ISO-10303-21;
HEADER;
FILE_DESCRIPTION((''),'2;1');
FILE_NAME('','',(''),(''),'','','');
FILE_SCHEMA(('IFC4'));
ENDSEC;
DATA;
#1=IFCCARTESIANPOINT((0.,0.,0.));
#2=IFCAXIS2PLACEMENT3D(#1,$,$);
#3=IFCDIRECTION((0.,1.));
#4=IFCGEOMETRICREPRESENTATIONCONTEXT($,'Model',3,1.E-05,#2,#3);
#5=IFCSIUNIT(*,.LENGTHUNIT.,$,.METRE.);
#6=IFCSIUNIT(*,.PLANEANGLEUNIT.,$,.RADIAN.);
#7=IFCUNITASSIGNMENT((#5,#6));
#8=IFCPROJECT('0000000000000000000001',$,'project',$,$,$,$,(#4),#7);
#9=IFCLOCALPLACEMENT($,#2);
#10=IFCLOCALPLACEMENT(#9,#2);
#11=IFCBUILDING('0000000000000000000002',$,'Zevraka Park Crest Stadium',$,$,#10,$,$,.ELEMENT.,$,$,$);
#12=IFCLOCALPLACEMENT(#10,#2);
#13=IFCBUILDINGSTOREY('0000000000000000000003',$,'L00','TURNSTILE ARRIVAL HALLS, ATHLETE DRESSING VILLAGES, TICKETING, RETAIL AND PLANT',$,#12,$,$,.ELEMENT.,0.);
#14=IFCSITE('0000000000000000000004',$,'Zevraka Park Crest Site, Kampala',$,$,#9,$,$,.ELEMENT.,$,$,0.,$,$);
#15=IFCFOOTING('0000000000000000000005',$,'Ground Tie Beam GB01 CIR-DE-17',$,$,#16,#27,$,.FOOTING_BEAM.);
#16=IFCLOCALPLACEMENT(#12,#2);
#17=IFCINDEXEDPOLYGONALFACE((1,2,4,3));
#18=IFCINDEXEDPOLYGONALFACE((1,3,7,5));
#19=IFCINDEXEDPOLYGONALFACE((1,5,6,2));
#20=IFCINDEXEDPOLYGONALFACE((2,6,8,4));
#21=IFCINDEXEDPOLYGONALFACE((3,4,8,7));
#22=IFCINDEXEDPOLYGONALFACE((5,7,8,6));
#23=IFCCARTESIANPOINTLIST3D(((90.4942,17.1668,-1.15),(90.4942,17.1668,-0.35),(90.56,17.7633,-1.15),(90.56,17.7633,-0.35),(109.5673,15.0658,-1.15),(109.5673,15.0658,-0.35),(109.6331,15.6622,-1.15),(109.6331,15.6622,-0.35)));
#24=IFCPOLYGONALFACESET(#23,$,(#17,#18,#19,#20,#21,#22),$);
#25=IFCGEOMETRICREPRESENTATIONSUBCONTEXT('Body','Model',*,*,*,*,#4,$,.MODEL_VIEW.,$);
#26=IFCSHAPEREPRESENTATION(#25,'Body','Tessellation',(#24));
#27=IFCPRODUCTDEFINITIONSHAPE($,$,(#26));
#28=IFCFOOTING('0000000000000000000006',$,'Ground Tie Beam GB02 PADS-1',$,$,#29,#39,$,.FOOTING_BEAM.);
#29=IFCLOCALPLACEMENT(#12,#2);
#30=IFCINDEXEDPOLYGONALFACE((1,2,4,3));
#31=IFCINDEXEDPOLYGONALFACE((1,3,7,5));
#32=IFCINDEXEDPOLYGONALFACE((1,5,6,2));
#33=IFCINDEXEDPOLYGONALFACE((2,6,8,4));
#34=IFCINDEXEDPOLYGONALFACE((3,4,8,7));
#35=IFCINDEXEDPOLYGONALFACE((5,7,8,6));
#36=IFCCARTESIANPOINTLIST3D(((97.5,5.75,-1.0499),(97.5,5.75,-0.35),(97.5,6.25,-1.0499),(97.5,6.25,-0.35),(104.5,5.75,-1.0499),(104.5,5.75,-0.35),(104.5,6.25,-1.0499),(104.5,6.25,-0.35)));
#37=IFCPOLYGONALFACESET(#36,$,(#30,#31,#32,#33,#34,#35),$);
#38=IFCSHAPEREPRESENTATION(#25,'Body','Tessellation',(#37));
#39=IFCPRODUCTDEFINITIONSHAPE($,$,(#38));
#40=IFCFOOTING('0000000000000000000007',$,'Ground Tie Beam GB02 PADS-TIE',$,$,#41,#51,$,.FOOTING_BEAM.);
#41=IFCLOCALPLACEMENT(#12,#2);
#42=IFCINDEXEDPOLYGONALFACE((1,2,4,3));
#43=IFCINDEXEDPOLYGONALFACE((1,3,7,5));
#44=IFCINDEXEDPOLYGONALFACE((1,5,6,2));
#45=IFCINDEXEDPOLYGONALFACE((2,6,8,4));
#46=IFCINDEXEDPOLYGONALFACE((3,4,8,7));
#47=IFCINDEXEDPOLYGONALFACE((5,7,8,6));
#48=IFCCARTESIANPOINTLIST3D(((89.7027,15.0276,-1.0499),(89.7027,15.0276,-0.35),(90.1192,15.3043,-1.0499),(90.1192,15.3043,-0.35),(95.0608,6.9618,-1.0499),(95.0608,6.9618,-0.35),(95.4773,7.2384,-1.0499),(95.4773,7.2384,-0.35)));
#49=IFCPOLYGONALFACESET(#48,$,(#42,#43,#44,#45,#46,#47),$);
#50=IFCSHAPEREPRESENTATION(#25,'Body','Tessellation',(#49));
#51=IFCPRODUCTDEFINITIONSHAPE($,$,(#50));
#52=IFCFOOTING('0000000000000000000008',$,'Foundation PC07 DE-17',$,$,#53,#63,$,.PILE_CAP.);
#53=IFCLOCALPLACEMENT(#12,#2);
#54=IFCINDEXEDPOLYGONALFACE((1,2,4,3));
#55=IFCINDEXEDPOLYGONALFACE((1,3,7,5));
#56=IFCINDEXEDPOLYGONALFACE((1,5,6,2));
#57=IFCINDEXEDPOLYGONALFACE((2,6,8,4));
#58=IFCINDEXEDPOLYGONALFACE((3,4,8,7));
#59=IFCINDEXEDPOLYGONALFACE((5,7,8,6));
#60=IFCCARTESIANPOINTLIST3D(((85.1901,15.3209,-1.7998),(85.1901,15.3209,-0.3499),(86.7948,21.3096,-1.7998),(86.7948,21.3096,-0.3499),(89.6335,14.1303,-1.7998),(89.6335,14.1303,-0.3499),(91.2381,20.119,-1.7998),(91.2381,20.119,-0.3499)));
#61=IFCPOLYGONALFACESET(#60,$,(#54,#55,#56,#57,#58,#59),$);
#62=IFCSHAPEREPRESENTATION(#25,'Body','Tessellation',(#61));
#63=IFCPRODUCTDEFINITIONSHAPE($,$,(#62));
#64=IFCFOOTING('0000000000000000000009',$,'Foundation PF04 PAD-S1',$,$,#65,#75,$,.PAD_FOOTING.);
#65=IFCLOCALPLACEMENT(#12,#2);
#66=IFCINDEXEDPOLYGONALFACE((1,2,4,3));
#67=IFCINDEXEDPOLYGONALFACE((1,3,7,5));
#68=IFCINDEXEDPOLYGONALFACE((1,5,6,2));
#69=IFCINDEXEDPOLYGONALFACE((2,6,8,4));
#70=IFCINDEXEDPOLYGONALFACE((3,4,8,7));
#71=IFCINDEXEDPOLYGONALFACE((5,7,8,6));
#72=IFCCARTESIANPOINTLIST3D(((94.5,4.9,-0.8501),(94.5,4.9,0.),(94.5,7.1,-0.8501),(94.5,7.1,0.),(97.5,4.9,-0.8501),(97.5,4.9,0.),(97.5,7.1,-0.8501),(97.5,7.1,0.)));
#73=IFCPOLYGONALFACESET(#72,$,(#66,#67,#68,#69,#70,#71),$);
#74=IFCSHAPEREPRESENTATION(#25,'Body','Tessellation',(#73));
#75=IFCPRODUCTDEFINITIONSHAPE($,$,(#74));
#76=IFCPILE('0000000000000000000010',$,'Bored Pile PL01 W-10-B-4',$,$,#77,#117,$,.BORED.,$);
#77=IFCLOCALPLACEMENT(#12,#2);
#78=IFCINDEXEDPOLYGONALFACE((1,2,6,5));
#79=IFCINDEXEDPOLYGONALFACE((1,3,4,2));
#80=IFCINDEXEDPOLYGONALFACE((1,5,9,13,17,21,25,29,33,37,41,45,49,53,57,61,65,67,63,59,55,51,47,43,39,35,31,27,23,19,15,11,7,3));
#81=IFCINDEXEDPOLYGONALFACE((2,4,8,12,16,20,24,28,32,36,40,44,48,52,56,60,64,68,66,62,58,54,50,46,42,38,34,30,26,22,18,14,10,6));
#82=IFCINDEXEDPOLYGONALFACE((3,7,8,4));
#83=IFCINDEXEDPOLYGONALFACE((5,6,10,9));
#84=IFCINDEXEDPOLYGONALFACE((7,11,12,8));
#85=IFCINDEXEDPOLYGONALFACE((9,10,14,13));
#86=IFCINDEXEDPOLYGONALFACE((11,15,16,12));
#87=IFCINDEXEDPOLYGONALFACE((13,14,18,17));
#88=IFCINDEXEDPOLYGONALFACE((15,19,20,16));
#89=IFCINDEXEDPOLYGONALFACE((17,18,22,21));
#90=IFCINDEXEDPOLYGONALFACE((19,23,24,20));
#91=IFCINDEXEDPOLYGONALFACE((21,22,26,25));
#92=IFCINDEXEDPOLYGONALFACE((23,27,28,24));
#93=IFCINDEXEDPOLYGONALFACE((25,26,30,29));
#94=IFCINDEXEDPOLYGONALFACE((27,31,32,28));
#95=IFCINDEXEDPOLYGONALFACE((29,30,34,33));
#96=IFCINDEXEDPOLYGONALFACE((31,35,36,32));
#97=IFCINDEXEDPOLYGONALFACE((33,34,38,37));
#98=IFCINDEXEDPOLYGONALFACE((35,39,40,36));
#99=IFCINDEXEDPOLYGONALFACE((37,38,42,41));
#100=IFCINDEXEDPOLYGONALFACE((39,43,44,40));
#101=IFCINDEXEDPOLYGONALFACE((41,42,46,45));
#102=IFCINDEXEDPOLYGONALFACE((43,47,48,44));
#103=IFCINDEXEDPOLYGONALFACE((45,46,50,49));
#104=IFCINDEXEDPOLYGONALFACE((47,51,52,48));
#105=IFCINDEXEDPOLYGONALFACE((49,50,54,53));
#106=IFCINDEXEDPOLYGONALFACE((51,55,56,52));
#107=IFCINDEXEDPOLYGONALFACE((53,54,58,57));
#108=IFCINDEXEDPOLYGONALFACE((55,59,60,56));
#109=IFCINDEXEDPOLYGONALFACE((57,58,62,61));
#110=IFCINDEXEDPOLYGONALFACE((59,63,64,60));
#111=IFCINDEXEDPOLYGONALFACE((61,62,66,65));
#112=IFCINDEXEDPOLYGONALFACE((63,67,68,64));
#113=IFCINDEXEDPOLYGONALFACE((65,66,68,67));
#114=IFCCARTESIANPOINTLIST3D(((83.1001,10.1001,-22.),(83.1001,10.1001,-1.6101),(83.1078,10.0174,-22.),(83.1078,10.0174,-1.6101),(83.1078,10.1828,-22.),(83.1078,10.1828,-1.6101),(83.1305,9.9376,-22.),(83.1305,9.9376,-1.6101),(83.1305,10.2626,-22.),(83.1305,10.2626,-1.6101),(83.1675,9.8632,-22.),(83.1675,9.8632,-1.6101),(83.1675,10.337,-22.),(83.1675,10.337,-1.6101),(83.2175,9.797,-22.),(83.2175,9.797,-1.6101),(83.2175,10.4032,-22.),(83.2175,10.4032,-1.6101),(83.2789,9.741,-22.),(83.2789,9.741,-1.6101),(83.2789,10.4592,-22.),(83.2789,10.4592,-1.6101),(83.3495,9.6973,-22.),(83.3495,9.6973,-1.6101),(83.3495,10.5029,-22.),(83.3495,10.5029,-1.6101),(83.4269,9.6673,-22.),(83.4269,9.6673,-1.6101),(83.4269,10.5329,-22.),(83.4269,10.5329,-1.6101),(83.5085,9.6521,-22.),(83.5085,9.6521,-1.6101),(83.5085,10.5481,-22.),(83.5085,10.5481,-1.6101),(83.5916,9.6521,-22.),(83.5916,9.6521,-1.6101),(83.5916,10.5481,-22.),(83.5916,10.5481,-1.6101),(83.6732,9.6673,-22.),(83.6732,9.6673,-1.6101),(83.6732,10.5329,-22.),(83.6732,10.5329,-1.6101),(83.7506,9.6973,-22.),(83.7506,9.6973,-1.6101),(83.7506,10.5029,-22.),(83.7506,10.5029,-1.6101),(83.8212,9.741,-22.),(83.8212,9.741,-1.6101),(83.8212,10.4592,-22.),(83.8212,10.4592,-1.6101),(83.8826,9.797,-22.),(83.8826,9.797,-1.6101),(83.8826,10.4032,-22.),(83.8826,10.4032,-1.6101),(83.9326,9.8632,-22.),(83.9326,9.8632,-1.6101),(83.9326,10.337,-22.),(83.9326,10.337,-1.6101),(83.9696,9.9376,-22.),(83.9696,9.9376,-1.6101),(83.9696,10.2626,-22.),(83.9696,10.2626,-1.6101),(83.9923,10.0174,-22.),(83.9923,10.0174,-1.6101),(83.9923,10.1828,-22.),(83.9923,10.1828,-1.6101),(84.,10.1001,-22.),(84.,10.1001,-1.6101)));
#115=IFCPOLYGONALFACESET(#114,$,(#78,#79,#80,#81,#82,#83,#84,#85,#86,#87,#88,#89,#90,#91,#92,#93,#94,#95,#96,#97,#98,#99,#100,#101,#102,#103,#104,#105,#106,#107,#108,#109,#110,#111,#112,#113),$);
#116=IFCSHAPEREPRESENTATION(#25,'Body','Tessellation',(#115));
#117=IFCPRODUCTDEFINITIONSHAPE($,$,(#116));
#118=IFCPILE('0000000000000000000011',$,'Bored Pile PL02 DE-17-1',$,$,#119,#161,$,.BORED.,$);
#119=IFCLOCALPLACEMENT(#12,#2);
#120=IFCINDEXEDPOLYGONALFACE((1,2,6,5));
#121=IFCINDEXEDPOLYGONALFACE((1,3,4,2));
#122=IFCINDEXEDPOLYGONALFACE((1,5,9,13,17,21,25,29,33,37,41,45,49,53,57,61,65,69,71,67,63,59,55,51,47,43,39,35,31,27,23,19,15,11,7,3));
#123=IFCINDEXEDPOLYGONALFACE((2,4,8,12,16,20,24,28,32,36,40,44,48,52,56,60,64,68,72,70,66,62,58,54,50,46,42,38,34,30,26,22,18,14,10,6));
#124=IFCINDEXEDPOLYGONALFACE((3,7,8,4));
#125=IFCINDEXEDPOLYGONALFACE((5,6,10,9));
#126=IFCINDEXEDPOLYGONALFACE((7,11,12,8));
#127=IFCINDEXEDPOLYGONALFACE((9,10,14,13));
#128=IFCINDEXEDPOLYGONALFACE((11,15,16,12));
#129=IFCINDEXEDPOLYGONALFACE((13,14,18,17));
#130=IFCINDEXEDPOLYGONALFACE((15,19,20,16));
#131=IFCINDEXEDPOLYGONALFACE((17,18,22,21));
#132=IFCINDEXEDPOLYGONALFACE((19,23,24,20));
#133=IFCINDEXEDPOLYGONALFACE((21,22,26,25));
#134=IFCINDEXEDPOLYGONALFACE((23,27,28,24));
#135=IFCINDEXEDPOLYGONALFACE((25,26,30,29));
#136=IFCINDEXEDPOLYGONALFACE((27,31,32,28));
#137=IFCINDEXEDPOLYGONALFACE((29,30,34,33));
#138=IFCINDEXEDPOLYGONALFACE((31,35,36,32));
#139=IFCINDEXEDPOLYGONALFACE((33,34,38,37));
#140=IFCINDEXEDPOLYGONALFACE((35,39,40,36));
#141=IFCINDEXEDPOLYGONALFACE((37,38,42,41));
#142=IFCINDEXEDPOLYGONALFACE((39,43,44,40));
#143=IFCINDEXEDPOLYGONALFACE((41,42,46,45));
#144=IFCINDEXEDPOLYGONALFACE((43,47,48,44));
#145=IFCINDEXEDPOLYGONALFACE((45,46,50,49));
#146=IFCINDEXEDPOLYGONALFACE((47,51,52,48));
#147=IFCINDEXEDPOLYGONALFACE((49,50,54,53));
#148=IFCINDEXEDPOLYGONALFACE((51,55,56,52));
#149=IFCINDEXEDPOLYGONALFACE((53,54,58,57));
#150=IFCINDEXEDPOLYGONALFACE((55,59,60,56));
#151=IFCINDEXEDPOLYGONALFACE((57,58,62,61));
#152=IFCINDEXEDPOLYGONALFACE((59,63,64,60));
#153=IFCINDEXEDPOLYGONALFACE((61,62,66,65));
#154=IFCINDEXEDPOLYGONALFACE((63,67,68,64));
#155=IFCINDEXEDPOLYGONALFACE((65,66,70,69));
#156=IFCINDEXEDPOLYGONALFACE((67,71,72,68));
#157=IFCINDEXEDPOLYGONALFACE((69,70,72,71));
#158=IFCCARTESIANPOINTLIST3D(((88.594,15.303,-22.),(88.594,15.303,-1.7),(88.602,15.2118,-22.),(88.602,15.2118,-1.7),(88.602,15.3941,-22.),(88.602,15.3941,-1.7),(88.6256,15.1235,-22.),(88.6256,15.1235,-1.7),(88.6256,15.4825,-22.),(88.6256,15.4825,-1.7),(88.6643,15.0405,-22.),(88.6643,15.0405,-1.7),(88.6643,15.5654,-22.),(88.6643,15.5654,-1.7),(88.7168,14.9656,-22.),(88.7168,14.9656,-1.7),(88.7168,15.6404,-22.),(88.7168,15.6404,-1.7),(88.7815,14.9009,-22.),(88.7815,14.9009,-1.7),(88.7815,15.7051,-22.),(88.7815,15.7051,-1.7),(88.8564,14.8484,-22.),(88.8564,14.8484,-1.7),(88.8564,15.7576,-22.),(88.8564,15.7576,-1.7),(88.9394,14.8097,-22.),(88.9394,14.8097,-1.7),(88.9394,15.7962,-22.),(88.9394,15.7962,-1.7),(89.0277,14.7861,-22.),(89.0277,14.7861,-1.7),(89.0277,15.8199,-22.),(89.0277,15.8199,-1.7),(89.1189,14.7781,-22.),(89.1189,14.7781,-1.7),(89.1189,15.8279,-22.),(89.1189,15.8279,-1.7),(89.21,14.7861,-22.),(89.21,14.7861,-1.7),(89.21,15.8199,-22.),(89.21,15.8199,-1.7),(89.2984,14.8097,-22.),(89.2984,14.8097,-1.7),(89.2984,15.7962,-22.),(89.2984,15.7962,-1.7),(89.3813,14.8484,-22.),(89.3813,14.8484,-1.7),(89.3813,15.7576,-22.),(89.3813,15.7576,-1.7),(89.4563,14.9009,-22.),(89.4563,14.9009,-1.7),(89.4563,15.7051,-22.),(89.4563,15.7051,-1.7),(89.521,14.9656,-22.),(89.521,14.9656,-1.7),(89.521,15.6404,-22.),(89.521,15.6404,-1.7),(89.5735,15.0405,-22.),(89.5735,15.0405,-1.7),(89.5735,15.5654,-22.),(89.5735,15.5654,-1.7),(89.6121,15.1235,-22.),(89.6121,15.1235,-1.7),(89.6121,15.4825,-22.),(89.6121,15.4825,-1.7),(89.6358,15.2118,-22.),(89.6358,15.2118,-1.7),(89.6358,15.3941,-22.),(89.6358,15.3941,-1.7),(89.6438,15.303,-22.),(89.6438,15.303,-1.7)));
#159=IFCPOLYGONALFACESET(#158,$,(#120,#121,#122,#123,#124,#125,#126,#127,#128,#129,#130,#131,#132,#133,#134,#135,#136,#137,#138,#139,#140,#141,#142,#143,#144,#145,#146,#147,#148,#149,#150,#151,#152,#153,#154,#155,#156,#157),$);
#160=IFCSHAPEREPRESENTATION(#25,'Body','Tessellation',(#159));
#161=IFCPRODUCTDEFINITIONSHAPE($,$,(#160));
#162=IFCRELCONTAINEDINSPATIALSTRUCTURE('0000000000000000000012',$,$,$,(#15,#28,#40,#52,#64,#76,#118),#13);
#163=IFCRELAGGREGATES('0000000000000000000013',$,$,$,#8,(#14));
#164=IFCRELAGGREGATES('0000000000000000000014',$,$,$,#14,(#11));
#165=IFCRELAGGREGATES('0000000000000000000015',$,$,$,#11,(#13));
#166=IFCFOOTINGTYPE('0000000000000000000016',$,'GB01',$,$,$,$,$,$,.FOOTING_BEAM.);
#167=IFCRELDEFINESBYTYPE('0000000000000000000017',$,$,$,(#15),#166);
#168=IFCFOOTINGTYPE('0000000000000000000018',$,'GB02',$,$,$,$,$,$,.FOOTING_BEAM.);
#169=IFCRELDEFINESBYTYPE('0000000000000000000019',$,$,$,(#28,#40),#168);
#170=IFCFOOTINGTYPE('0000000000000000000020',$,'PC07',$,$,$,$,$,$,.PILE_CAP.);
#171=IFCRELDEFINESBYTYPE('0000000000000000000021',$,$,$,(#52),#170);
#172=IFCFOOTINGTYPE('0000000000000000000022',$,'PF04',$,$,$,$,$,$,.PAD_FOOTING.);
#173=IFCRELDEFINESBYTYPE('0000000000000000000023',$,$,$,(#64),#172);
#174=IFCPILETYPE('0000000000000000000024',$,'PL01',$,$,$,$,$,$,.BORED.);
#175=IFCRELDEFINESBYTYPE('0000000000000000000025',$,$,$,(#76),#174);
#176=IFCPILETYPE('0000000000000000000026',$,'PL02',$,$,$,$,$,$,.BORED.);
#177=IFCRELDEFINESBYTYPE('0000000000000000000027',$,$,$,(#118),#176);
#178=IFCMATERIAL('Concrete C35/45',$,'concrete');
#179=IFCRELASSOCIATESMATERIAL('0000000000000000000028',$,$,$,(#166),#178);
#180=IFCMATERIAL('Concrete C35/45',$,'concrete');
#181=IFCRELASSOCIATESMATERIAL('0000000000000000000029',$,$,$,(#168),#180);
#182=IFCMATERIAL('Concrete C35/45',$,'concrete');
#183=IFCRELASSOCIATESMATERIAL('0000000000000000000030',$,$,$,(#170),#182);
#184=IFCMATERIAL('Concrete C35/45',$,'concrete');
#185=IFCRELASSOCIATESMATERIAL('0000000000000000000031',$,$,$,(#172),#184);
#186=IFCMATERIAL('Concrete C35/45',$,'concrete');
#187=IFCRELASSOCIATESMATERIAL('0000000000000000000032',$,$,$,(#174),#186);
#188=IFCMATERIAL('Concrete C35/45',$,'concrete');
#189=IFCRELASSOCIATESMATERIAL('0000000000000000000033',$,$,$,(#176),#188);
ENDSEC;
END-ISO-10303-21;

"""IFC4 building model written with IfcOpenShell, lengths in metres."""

from ifc_helpers import new_model, si_unit, direction, frame, origin, origin_2d, place, context, subcontext, project, spatial, rectangle, circle, extrude, material, material_profile, profile_set, type_object, element, save


model = new_model("IFC4")

# Units and contexts
model_context = context("Model", 3, precision=1e-05, world=origin(), true_north=direction((0.0, 1.0)))
body_context = subcontext(model_context, "Body", "Model", "MODEL_VIEW")
ifc_project = project(units=[si_unit("LENGTHUNIT", "METRE"), si_unit("PLANEANGLEUNIT", "RADIAN")], contexts=[model_context])

# Site, building, storey
site_placement = place(None, origin())
site = spatial("IfcSite", under=ifc_project, at=site_placement, Name="Zevraka Park Crest Site, Kampala", CompositionType="ELEMENT", RefElevation=0.0)
building_placement = place(site_placement, origin())
building = spatial("IfcBuilding", under=site, at=building_placement, Name="Zevraka Park Crest Stadium", CompositionType="ELEMENT")
storey_placement = place(building_placement, origin())
storey = spatial("IfcBuildingStorey", under=building, at=storey_placement, Name="L00", Description="TURNSTILE ARRIVAL HALLS, ATHLETE DRESSING VILLAGES, TICKETING, RETAIL AND PLANT", CompositionType="ELEMENT", Elevation=0.0)

# Footings
ifc_material_1 = material(Name="Concrete C35/45", Category="concrete")
ifc_material_profile_1 = material_profile(ifc_material_1, rectangle(XDim=0.6001, YDim=0.8, at=origin_2d()), Name="GB 800x600")
ifc_profile_set_1 = profile_set([ifc_material_profile_1], Name="Concrete C35/45")
footing_type_1 = type_object("IfcFootingType", Name="GB01", PredefinedType="FOOTING_BEAM", material=ifc_profile_set_1)
footing_1_placement = place(storey_placement, frame((90.5271, 17.4651, -0.75), z_axis=(0.993987, -0.109497, 0.0), x_axis=(0.109497, 0.993987, 0.0)))
element("IfcFooting", 1, at=footing_1_placement, inside=storey, type_object=footing_type_1, Name="Ground Tie Beam GB01 CIR-DE-17", PredefinedType="FOOTING_BEAM", context=body_context, shape_type="SweptSolid", body=[
    extrude(rectangle(XDim=0.6001, YDim=0.8, at=origin_2d()), origin(), (0.0, 0.0, 1.0), 19.1885),
])
ifc_material_2 = material(Name="Concrete C35/45", Category="concrete")
ifc_material_profile_2 = material_profile(ifc_material_2, rectangle(XDim=0.5, YDim=0.7, at=origin_2d()), Name="GB 700x500")
ifc_profile_set_2 = profile_set([ifc_material_profile_2], Name="Concrete C35/45")
footing_type_2 = type_object("IfcFootingType", Name="GB02", PredefinedType="FOOTING_BEAM", material=ifc_profile_set_2)
footing_2_placement = place(storey_placement, frame((97.5, 6.0, -0.7), z_axis=(1.0, 0.0, 0.0), x_axis=(0.0, 1.0, 0.0)))
element("IfcFooting", 2, at=footing_2_placement, inside=storey, type_object=footing_type_2, Name="Ground Tie Beam GB02 PADS-1", PredefinedType="FOOTING_BEAM", context=body_context, shape_type="SweptSolid", body=[
    extrude(rectangle(XDim=0.5, YDim=0.7, at=origin_2d()), origin(), (0.0, 0.0, 1.0), 7.0),
])
footing_3_placement = place(storey_placement, frame((95.269, 7.1001, -0.7), z_axis=(-0.553332, 0.832961, 0.0), x_axis=(-0.832961, -0.553332, 0.0)))
element("IfcFooting", 3, at=footing_3_placement, inside=storey, type_object=footing_type_2, Name="Ground Tie Beam GB02 PADS-TIE", PredefinedType="FOOTING_BEAM", context=body_context, shape_type="SweptSolid", body=[
    extrude(rectangle(XDim=0.5, YDim=0.7, at=origin_2d()), origin(), (0.0, 0.0, 1.0), 9.6833),
])
ifc_material_3 = material(Name="Concrete C35/45", Category="concrete")
footing_type_3 = type_object("IfcFootingType", Name="PC07", PredefinedType="PILE_CAP", material=ifc_material_3)
footing_4_placement = place(storey_placement, frame((88.2141, 17.72, -1.7998), z_axis=(0.0, 0.0, 1.0), x_axis=(0.258819, 0.965926, 0.0)))
element("IfcFooting", 4, at=footing_4_placement, inside=storey, type_object=footing_type_3, Name="Foundation PC07 DE-17", PredefinedType="PILE_CAP", context=body_context, shape_type="SweptSolid", body=[
    extrude(rectangle(XDim=6.2, YDim=4.6001, at=origin_2d()), origin(), (0.0, 0.0, 1.0), 1.45),
])
ifc_material_4 = material(Name="Concrete C35/45", Category="concrete")
footing_type_4 = type_object("IfcFootingType", Name="PF04", PredefinedType="PAD_FOOTING", material=ifc_material_4)
footing_5_placement = place(storey_placement, frame((96.0, 6.0, -0.8501), z_axis=(0.0, 0.0, 1.0), x_axis=(1.0, 0.0, 0.0)))
element("IfcFooting", 5, at=footing_5_placement, inside=storey, type_object=footing_type_4, Name="Foundation PF04 PAD-S1", PredefinedType="PAD_FOOTING", context=body_context, shape_type="SweptSolid", body=[
    extrude(rectangle(XDim=3.0, YDim=2.2, at=origin_2d()), origin(), (0.0, 0.0, 1.0), 0.8501),
])

# Piles
ifc_material_5 = material(Name="Concrete C35/45", Category="concrete")
ifc_material_profile_3 = material_profile(ifc_material_5, circle(Radius=0.45, at=origin_2d()), Name="PILE D900")
ifc_profile_set_3 = profile_set([ifc_material_profile_3], Name="Concrete C35/45")
pile_type_1 = type_object("IfcPileType", Name="PL01", PredefinedType="BORED", material=ifc_profile_set_3)
pile_placement = place(storey_placement, frame((83.55, 10.1001, -1.6101), z_axis=(0.0, 0.0, -1.0), x_axis=(1.0, 0.0, 0.0)))
element("IfcPile", 6, at=pile_placement, inside=storey, type_object=pile_type_1, Name="Bored Pile PL01 W-10-B-4", PredefinedType="BORED", context=body_context, shape_type="SweptSolid", body=[
    extrude(circle(Radius=0.45, at=origin_2d()), origin(), (0.0, 0.0, 1.0), 20.3899),
])
ifc_material_6 = material(Name="Concrete C35/45", Category="concrete")
ifc_material_profile_4 = material_profile(ifc_material_6, circle(Radius=0.5249, at=origin_2d()), Name="PILE D1050")
ifc_profile_set_4 = profile_set([ifc_material_profile_4], Name="Concrete C35/45")
pile_type_2 = type_object("IfcPileType", Name="PL02", PredefinedType="BORED", material=ifc_profile_set_4)
for number, where, z_axis, x_axis, name in (
    (7, (89.1189, 15.303, -1.7), (0.0, 0.0, -1.0), (1.0, 0.0, 0.0), "Bored Pile PL02 DE-17-1"),
):
    element("IfcPile", number, at=place(storey_placement, frame(where, z_axis=z_axis, x_axis=x_axis)), inside=storey, type_object=pile_type_2, Name=name, PredefinedType="BORED", context=body_context, shape_type="SweptSolid", body=[
        extrude(circle(Radius=0.5249, at=origin_2d()), origin(), (0.0, 0.0, 1.0), 20.3),
    ])

save(model, "model.ifc")
